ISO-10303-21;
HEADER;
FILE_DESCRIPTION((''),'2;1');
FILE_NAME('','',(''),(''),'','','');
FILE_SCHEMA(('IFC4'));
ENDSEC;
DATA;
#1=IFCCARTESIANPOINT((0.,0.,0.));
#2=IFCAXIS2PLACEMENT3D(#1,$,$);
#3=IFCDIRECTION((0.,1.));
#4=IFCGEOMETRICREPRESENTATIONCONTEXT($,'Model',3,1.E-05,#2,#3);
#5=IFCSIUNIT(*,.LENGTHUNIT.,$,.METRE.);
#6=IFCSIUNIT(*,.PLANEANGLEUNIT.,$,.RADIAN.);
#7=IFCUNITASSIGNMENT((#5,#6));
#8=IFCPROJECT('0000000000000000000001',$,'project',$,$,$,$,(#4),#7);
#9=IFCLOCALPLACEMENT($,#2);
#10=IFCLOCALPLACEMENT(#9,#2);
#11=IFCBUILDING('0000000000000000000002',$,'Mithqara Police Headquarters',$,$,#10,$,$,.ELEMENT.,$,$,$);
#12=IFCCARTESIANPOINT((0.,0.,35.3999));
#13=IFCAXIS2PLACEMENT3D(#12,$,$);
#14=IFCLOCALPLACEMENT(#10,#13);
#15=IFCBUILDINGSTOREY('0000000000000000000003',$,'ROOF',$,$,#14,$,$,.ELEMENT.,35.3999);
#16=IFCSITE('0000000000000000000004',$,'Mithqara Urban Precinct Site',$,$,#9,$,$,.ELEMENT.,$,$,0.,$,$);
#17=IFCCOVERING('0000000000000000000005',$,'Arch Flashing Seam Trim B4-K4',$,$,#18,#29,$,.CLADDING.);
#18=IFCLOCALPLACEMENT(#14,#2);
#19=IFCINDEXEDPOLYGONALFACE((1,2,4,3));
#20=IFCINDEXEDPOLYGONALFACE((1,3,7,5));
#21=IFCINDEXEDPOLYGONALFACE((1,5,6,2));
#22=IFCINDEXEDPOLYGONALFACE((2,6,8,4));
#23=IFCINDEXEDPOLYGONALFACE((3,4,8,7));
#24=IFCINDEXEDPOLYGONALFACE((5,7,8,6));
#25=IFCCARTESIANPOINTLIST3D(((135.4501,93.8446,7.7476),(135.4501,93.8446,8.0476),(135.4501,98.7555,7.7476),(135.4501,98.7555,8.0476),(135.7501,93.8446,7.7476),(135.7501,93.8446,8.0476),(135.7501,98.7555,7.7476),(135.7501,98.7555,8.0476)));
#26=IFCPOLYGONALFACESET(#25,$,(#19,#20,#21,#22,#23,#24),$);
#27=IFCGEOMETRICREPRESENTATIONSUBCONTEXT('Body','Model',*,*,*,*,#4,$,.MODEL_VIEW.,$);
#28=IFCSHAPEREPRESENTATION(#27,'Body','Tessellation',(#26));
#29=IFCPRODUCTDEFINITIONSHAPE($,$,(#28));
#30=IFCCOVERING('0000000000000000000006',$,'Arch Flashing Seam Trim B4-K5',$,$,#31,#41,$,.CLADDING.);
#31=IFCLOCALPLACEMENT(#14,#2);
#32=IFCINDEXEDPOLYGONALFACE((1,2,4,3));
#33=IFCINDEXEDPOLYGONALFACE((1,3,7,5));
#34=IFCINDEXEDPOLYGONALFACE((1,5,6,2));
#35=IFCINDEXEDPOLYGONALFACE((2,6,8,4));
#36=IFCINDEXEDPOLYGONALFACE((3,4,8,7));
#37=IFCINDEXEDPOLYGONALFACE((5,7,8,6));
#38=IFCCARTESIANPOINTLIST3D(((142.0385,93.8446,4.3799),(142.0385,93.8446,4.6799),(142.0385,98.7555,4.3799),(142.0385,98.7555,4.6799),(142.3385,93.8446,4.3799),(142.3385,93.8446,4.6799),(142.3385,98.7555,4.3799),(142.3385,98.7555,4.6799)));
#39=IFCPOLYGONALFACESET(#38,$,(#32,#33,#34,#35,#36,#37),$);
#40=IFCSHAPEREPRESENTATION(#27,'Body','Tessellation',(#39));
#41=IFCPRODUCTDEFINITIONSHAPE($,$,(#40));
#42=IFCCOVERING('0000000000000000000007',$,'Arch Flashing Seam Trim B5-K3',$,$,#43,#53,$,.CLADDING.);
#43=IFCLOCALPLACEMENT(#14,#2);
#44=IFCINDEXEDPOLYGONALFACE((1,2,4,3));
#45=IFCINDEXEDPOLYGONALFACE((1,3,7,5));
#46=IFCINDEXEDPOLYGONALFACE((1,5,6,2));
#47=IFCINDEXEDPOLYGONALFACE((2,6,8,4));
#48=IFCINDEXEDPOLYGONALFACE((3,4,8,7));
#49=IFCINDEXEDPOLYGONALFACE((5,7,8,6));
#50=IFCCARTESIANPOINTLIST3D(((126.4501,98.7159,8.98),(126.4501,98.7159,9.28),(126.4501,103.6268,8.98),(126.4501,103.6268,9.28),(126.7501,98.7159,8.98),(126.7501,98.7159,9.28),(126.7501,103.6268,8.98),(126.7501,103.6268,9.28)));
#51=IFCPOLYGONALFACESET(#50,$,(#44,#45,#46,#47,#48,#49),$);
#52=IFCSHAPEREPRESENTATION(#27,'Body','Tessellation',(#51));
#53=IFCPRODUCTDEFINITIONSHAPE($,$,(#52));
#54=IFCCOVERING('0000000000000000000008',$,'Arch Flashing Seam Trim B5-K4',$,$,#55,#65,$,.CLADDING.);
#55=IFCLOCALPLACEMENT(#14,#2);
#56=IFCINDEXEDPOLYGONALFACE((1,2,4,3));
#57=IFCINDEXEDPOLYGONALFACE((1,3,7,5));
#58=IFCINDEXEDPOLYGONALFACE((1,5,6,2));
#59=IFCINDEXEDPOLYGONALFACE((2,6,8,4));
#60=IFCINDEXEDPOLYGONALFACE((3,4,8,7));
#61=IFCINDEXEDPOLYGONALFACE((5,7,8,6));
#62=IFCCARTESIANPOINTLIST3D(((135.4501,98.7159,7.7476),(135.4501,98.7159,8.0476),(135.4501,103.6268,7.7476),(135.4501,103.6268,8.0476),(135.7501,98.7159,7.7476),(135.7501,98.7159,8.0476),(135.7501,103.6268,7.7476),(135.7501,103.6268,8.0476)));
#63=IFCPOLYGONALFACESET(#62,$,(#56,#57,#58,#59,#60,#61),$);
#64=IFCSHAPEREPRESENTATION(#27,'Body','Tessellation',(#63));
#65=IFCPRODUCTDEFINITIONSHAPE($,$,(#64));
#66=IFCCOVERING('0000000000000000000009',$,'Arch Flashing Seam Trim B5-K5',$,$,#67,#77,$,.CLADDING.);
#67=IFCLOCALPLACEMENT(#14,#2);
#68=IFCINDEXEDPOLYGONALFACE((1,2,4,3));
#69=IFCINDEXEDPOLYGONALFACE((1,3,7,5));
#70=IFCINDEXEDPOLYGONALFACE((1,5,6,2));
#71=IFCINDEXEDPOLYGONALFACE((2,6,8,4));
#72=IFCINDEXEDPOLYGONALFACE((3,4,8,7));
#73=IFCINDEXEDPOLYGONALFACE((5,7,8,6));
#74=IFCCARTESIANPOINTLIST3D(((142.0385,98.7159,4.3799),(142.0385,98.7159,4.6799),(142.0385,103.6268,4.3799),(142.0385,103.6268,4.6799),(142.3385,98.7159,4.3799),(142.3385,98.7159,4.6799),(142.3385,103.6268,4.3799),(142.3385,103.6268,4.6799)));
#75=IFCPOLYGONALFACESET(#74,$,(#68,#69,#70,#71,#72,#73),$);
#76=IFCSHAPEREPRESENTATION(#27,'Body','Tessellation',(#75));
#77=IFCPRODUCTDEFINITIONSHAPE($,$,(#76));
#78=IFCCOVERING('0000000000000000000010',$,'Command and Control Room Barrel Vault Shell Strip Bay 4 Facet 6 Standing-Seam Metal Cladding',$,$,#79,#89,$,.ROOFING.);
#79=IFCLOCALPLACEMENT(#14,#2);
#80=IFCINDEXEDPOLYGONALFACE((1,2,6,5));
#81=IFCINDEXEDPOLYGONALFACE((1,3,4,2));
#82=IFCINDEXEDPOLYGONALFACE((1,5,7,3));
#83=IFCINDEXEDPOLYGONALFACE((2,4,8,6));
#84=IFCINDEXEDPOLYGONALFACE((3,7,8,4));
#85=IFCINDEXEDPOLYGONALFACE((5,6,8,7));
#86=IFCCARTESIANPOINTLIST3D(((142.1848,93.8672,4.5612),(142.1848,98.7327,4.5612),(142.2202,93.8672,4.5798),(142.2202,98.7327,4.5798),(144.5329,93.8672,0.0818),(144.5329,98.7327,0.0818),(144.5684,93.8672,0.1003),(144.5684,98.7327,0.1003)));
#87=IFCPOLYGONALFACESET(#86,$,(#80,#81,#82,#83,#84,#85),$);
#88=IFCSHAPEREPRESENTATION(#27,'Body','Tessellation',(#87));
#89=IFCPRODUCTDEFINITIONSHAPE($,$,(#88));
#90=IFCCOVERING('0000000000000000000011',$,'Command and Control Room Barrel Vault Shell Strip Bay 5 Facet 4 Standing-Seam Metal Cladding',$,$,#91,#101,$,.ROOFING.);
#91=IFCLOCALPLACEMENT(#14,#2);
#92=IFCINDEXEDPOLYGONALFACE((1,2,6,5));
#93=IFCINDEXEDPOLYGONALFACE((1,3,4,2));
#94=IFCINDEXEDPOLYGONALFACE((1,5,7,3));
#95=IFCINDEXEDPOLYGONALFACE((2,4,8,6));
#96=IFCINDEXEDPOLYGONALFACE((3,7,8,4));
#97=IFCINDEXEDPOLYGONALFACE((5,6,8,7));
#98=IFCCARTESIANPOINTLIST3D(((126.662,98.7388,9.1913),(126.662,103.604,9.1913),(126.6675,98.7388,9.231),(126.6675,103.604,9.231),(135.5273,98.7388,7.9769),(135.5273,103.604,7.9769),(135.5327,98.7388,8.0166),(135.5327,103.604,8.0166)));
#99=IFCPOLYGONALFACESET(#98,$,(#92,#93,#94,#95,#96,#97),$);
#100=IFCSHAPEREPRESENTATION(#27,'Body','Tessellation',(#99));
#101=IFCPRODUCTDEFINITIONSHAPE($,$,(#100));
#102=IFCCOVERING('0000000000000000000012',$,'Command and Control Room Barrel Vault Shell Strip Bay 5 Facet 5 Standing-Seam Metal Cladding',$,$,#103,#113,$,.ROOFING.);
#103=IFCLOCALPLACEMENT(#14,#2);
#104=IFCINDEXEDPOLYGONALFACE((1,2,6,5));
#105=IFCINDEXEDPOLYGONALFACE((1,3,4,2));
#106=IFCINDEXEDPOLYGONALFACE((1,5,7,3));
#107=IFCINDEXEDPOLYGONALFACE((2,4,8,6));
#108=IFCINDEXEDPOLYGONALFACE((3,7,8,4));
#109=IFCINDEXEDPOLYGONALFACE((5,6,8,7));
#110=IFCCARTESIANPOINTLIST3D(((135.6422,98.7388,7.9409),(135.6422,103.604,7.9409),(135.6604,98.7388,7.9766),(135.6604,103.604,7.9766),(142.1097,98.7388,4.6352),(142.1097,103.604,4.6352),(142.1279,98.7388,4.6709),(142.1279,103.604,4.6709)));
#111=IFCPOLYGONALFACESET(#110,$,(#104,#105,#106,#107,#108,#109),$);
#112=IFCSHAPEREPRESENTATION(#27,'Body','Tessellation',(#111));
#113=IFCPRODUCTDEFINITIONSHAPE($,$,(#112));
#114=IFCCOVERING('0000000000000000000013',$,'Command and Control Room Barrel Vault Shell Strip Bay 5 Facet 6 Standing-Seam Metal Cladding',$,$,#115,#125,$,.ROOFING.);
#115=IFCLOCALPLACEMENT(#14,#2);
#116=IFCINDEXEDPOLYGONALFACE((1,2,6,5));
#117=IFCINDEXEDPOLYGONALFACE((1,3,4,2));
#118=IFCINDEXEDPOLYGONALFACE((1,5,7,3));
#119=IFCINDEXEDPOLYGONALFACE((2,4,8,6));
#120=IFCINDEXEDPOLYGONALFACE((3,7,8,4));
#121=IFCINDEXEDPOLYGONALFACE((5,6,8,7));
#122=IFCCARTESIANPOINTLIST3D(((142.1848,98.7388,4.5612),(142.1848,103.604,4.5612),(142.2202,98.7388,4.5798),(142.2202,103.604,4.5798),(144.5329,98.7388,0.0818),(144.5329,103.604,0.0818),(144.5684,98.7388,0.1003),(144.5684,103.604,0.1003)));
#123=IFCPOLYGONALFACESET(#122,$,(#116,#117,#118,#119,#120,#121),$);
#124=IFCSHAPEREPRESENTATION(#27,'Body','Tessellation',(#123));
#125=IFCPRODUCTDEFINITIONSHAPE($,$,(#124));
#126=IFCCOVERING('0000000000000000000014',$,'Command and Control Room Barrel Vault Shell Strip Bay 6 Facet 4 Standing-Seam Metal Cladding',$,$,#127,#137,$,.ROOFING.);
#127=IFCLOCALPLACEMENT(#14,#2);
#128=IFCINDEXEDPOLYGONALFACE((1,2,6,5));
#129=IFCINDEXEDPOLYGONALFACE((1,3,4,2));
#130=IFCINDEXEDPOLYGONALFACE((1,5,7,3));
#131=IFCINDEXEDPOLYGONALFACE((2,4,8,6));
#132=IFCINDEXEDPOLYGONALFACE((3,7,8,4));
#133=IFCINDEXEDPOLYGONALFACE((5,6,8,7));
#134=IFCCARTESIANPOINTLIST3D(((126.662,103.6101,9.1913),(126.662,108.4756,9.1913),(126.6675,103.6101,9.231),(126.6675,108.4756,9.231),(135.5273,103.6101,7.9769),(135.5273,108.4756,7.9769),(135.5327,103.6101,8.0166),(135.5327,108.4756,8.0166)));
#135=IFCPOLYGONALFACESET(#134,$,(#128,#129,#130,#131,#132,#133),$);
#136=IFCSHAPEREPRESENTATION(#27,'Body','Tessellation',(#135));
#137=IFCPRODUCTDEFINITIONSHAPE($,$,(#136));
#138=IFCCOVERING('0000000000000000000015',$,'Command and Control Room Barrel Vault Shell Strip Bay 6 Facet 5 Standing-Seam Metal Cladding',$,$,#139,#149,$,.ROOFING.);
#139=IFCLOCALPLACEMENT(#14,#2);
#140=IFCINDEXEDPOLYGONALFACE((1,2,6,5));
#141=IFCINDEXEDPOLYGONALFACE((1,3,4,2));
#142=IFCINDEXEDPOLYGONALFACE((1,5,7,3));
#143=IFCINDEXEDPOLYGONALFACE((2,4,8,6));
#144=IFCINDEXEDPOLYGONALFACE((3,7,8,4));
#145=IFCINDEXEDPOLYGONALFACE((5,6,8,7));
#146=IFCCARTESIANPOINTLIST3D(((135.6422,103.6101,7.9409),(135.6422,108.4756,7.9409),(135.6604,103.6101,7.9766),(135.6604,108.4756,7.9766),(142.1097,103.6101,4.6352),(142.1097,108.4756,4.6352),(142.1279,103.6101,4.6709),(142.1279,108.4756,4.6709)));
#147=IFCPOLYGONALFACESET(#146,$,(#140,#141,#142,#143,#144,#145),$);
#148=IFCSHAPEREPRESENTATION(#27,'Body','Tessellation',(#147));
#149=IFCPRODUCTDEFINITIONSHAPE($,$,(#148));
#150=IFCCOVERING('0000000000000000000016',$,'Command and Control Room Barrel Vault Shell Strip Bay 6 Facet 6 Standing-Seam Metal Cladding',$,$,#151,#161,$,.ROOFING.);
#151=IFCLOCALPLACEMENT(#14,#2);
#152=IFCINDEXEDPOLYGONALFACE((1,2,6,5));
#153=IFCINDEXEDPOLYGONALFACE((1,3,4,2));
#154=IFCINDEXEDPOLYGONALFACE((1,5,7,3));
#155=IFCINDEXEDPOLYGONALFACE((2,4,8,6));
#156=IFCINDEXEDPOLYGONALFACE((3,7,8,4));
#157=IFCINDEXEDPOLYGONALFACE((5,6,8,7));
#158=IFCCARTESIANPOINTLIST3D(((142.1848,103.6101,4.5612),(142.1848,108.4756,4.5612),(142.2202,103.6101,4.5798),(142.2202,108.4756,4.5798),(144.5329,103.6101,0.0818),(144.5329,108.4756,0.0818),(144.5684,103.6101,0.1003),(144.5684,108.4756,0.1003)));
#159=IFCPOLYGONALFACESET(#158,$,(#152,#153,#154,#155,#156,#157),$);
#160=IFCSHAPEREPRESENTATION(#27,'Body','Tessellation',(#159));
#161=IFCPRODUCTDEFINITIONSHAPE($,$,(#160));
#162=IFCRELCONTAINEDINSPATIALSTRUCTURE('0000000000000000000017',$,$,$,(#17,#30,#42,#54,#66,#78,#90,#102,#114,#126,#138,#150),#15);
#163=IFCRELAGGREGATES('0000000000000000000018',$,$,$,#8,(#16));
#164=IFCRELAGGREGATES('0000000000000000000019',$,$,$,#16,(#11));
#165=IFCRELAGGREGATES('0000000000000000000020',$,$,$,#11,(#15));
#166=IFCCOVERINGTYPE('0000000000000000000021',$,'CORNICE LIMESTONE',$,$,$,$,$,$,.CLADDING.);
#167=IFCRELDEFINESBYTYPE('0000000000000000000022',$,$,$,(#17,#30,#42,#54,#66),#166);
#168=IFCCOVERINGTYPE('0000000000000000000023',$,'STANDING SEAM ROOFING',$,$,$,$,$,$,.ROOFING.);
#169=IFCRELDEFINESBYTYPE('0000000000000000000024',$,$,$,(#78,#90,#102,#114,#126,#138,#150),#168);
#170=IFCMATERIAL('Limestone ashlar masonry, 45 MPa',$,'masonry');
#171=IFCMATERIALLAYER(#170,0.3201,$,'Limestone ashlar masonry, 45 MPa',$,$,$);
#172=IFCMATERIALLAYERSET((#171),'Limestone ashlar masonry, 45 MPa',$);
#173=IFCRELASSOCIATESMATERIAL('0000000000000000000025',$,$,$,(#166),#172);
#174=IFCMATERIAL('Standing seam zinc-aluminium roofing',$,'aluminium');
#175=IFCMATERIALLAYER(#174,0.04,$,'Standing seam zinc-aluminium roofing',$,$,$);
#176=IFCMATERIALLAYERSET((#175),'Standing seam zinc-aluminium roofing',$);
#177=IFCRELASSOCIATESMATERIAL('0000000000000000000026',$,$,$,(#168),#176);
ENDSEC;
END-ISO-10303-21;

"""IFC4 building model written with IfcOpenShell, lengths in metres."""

from ifc_helpers import new_model, si_unit, direction, frame, origin, origin_2d, place, context, subcontext, project, spatial, polyline, rectangle, outline, extrude, material, layer, layer_set, type_object, element, save


model = new_model("IFC4")

# Units and contexts
model_context = context("Model", 3, precision=1e-05, world=origin(), true_north=direction((0.0, 1.0)))
body_context = subcontext(model_context, "Body", "Model", "MODEL_VIEW")
ifc_project = project(units=[si_unit("LENGTHUNIT", "METRE"), si_unit("PLANEANGLEUNIT", "RADIAN")], contexts=[model_context])

# Site, building, storey
site_placement = place(None, origin())
site = spatial("IfcSite", under=ifc_project, at=site_placement, Name="Mithqara Urban Precinct Site", CompositionType="ELEMENT", RefElevation=0.0)
building_placement = place(site_placement, origin())
building = spatial("IfcBuilding", under=site, at=building_placement, Name="Mithqara Police Headquarters", CompositionType="ELEMENT")
storey_placement = place(building_placement, frame((0.0, 0.0, 35.3999)))
storey = spatial("IfcBuildingStorey", under=building, at=storey_placement, Name="ROOF", CompositionType="ELEMENT", Elevation=35.3999)

# Coverings
ifc_material_1 = material(Name="Limestone ashlar masonry, 45 MPa", Category="masonry")
ifc_layer_1 = layer(ifc_material_1, 0.3201, Name="Limestone ashlar masonry, 45 MPa")
ifc_layer_set_1 = layer_set([ifc_layer_1], Name="Limestone ashlar masonry, 45 MPa")
covering_type_1 = type_object("IfcCoveringType", Name="CORNICE LIMESTONE", PredefinedType="CLADDING", material=ifc_layer_set_1)
for number, where, z_axis, x_axis, name in (
    (1, (135.6001, 96.3, 7.7476), (0.0, 0.0, 1.0), (1.0, 0.0, 0.0), "Arch Flashing Seam Trim B4-K4"),
    (2, (142.1885, 96.3, 4.3799), (0.0, 0.0, 1.0), (1.0, 0.0, 0.0), "Arch Flashing Seam Trim B4-K5"),
    (3, (126.6001, 101.1714, 8.98), (0.0, 0.0, 1.0), (1.0, 0.0, 0.0), "Arch Flashing Seam Trim B5-K3"),
    (4, (135.6001, 101.1714, 7.7476), (0.0, 0.0, 1.0), (1.0, 0.0, 0.0), "Arch Flashing Seam Trim B5-K4"),
    (5, (142.1885, 101.1714, 4.3799), (0.0, 0.0, 1.0), (1.0, 0.0, 0.0), "Arch Flashing Seam Trim B5-K5"),
):
    element("IfcCovering", number, at=place(storey_placement, frame(where, z_axis=z_axis, x_axis=x_axis)), inside=storey, type_object=covering_type_1, Name=name, PredefinedType="CLADDING", context=body_context, shape_type="SweptSolid", body=[
        extrude(rectangle(XDim=0.3, YDim=4.9109, at=origin_2d()), origin(), (0.0, 0.0, 1.0), 0.3),
    ])
ifc_material_2 = material(Name="Standing seam zinc-aluminium roofing", Category="aluminium")
ifc_layer_2 = layer(ifc_material_2, 0.04, Name="Standing seam zinc-aluminium roofing")
ifc_layer_set_2 = layer_set([ifc_layer_2], Name="Standing seam zinc-aluminium roofing")
covering_type_2 = type_object("IfcCoveringType", Name="STANDING SEAM ROOFING", PredefinedType="ROOFING", material=ifc_layer_set_2)
covering_1_placement = place(storey_placement, frame((142.2202, 93.8672, 4.5798), z_axis=(0.88569, 0.0, 0.464278), x_axis=(0.464278, 0.0, -0.88569)))
element("IfcCovering", 6, at=covering_1_placement, inside=storey, type_object=covering_type_2, Name="Command and Control Room Barrel Vault Shell Strip Bay 4 Facet 6 Standing-Seam Metal Cladding", PredefinedType="ROOFING", context=body_context, shape_type="SweptSolid", body=[
    extrude(outline(polyline([(0.0, 0.0), (5.0576, 0.0), (5.0576, 4.8655), (0.0, 4.8655), (0.0, 0.0)])), origin(), (0.0, 0.0, -1.0), 0.04),
])
covering_2_placement = place(storey_placement, frame((126.6675, 98.7388, 9.231), z_axis=(0.135712, 0.0, 0.990748), x_axis=(0.990748, 0.0, -0.135712)))
element("IfcCovering", 7, at=covering_2_placement, inside=storey, type_object=covering_type_2, Name="Command and Control Room Barrel Vault Shell Strip Bay 5 Facet 4 Standing-Seam Metal Cladding", PredefinedType="ROOFING", context=body_context, shape_type="SweptSolid", body=[
    extrude(outline(polyline([(0.0, 0.0), (8.948, 0.0), (8.948, 4.8652), (0.0, 4.8652), (0.0, 0.0)])), origin(), (0.0, 0.0, -1.0), 0.04),
])
covering_3_placement = place(storey_placement, frame((135.6604, 98.7388, 7.9766), z_axis=(0.455115, 0.0, 0.890433), x_axis=(0.890433, 0.0, -0.455115)))
element("IfcCovering", 8, at=covering_3_placement, inside=storey, type_object=covering_type_2, Name="Command and Control Room Barrel Vault Shell Strip Bay 5 Facet 5 Standing-Seam Metal Cladding", PredefinedType="ROOFING", context=body_context, shape_type="SweptSolid", body=[
    extrude(outline(polyline([(0.0, 0.0), (7.2634, 0.0), (7.2634, 4.8652), (0.0, 4.8652), (0.0, 0.0)])), origin(), (0.0, 0.0, -1.0), 0.04),
])
covering_4_placement = place(storey_placement, frame((142.2202, 98.7388, 4.5798), z_axis=(0.88569, 0.0, 0.464278), x_axis=(0.464278, 0.0, -0.88569)))
element("IfcCovering", 9, at=covering_4_placement, inside=storey, type_object=covering_type_2, Name="Command and Control Room Barrel Vault Shell Strip Bay 5 Facet 6 Standing-Seam Metal Cladding", PredefinedType="ROOFING", context=body_context, shape_type="SweptSolid", body=[
    extrude(outline(polyline([(0.0, 0.0), (5.0576, 0.0), (5.0576, 4.8652), (0.0, 4.8652), (0.0, 0.0)])), origin(), (0.0, 0.0, -1.0), 0.04),
])
covering_5_placement = place(storey_placement, frame((126.6675, 103.6101, 9.231), z_axis=(0.135712, 0.0, 0.990748), x_axis=(0.990748, 0.0, -0.135712)))
element("IfcCovering", 10, at=covering_5_placement, inside=storey, type_object=covering_type_2, Name="Command and Control Room Barrel Vault Shell Strip Bay 6 Facet 4 Standing-Seam Metal Cladding", PredefinedType="ROOFING", context=body_context, shape_type="SweptSolid", body=[
    extrude(outline(polyline([(0.0, 0.0), (8.948, 0.0), (8.948, 4.8655), (0.0, 4.8655), (0.0, 0.0)])), origin(), (0.0, 0.0, -1.0), 0.04),
])
covering_6_placement = place(storey_placement, frame((135.6604, 103.6101, 7.9766), z_axis=(0.455115, 0.0, 0.890433), x_axis=(0.890433, 0.0, -0.455115)))
element("IfcCovering", 11, at=covering_6_placement, inside=storey, type_object=covering_type_2, Name="Command and Control Room Barrel Vault Shell Strip Bay 6 Facet 5 Standing-Seam Metal Cladding", PredefinedType="ROOFING", context=body_context, shape_type="SweptSolid", body=[
    extrude(outline(polyline([(0.0, 0.0), (7.2634, 0.0), (7.2634, 4.8655), (0.0, 4.8655), (0.0, 0.0)])), origin(), (0.0, 0.0, -1.0), 0.04),
])
covering_7_placement = place(storey_placement, frame((142.2202, 103.6101, 4.5798), z_axis=(0.88569, 0.0, 0.464278), x_axis=(0.464278, 0.0, -0.88569)))
element("IfcCovering", 12, at=covering_7_placement, inside=storey, type_object=covering_type_2, Name="Command and Control Room Barrel Vault Shell Strip Bay 6 Facet 6 Standing-Seam Metal Cladding", PredefinedType="ROOFING", context=body_context, shape_type="SweptSolid", body=[
    extrude(outline(polyline([(0.0, 0.0), (5.0576, 0.0), (5.0576, 4.8655), (0.0, 4.8655), (0.0, 0.0)])), origin(), (0.0, 0.0, -1.0), 0.04),
])

save(model, "model.ifc")
